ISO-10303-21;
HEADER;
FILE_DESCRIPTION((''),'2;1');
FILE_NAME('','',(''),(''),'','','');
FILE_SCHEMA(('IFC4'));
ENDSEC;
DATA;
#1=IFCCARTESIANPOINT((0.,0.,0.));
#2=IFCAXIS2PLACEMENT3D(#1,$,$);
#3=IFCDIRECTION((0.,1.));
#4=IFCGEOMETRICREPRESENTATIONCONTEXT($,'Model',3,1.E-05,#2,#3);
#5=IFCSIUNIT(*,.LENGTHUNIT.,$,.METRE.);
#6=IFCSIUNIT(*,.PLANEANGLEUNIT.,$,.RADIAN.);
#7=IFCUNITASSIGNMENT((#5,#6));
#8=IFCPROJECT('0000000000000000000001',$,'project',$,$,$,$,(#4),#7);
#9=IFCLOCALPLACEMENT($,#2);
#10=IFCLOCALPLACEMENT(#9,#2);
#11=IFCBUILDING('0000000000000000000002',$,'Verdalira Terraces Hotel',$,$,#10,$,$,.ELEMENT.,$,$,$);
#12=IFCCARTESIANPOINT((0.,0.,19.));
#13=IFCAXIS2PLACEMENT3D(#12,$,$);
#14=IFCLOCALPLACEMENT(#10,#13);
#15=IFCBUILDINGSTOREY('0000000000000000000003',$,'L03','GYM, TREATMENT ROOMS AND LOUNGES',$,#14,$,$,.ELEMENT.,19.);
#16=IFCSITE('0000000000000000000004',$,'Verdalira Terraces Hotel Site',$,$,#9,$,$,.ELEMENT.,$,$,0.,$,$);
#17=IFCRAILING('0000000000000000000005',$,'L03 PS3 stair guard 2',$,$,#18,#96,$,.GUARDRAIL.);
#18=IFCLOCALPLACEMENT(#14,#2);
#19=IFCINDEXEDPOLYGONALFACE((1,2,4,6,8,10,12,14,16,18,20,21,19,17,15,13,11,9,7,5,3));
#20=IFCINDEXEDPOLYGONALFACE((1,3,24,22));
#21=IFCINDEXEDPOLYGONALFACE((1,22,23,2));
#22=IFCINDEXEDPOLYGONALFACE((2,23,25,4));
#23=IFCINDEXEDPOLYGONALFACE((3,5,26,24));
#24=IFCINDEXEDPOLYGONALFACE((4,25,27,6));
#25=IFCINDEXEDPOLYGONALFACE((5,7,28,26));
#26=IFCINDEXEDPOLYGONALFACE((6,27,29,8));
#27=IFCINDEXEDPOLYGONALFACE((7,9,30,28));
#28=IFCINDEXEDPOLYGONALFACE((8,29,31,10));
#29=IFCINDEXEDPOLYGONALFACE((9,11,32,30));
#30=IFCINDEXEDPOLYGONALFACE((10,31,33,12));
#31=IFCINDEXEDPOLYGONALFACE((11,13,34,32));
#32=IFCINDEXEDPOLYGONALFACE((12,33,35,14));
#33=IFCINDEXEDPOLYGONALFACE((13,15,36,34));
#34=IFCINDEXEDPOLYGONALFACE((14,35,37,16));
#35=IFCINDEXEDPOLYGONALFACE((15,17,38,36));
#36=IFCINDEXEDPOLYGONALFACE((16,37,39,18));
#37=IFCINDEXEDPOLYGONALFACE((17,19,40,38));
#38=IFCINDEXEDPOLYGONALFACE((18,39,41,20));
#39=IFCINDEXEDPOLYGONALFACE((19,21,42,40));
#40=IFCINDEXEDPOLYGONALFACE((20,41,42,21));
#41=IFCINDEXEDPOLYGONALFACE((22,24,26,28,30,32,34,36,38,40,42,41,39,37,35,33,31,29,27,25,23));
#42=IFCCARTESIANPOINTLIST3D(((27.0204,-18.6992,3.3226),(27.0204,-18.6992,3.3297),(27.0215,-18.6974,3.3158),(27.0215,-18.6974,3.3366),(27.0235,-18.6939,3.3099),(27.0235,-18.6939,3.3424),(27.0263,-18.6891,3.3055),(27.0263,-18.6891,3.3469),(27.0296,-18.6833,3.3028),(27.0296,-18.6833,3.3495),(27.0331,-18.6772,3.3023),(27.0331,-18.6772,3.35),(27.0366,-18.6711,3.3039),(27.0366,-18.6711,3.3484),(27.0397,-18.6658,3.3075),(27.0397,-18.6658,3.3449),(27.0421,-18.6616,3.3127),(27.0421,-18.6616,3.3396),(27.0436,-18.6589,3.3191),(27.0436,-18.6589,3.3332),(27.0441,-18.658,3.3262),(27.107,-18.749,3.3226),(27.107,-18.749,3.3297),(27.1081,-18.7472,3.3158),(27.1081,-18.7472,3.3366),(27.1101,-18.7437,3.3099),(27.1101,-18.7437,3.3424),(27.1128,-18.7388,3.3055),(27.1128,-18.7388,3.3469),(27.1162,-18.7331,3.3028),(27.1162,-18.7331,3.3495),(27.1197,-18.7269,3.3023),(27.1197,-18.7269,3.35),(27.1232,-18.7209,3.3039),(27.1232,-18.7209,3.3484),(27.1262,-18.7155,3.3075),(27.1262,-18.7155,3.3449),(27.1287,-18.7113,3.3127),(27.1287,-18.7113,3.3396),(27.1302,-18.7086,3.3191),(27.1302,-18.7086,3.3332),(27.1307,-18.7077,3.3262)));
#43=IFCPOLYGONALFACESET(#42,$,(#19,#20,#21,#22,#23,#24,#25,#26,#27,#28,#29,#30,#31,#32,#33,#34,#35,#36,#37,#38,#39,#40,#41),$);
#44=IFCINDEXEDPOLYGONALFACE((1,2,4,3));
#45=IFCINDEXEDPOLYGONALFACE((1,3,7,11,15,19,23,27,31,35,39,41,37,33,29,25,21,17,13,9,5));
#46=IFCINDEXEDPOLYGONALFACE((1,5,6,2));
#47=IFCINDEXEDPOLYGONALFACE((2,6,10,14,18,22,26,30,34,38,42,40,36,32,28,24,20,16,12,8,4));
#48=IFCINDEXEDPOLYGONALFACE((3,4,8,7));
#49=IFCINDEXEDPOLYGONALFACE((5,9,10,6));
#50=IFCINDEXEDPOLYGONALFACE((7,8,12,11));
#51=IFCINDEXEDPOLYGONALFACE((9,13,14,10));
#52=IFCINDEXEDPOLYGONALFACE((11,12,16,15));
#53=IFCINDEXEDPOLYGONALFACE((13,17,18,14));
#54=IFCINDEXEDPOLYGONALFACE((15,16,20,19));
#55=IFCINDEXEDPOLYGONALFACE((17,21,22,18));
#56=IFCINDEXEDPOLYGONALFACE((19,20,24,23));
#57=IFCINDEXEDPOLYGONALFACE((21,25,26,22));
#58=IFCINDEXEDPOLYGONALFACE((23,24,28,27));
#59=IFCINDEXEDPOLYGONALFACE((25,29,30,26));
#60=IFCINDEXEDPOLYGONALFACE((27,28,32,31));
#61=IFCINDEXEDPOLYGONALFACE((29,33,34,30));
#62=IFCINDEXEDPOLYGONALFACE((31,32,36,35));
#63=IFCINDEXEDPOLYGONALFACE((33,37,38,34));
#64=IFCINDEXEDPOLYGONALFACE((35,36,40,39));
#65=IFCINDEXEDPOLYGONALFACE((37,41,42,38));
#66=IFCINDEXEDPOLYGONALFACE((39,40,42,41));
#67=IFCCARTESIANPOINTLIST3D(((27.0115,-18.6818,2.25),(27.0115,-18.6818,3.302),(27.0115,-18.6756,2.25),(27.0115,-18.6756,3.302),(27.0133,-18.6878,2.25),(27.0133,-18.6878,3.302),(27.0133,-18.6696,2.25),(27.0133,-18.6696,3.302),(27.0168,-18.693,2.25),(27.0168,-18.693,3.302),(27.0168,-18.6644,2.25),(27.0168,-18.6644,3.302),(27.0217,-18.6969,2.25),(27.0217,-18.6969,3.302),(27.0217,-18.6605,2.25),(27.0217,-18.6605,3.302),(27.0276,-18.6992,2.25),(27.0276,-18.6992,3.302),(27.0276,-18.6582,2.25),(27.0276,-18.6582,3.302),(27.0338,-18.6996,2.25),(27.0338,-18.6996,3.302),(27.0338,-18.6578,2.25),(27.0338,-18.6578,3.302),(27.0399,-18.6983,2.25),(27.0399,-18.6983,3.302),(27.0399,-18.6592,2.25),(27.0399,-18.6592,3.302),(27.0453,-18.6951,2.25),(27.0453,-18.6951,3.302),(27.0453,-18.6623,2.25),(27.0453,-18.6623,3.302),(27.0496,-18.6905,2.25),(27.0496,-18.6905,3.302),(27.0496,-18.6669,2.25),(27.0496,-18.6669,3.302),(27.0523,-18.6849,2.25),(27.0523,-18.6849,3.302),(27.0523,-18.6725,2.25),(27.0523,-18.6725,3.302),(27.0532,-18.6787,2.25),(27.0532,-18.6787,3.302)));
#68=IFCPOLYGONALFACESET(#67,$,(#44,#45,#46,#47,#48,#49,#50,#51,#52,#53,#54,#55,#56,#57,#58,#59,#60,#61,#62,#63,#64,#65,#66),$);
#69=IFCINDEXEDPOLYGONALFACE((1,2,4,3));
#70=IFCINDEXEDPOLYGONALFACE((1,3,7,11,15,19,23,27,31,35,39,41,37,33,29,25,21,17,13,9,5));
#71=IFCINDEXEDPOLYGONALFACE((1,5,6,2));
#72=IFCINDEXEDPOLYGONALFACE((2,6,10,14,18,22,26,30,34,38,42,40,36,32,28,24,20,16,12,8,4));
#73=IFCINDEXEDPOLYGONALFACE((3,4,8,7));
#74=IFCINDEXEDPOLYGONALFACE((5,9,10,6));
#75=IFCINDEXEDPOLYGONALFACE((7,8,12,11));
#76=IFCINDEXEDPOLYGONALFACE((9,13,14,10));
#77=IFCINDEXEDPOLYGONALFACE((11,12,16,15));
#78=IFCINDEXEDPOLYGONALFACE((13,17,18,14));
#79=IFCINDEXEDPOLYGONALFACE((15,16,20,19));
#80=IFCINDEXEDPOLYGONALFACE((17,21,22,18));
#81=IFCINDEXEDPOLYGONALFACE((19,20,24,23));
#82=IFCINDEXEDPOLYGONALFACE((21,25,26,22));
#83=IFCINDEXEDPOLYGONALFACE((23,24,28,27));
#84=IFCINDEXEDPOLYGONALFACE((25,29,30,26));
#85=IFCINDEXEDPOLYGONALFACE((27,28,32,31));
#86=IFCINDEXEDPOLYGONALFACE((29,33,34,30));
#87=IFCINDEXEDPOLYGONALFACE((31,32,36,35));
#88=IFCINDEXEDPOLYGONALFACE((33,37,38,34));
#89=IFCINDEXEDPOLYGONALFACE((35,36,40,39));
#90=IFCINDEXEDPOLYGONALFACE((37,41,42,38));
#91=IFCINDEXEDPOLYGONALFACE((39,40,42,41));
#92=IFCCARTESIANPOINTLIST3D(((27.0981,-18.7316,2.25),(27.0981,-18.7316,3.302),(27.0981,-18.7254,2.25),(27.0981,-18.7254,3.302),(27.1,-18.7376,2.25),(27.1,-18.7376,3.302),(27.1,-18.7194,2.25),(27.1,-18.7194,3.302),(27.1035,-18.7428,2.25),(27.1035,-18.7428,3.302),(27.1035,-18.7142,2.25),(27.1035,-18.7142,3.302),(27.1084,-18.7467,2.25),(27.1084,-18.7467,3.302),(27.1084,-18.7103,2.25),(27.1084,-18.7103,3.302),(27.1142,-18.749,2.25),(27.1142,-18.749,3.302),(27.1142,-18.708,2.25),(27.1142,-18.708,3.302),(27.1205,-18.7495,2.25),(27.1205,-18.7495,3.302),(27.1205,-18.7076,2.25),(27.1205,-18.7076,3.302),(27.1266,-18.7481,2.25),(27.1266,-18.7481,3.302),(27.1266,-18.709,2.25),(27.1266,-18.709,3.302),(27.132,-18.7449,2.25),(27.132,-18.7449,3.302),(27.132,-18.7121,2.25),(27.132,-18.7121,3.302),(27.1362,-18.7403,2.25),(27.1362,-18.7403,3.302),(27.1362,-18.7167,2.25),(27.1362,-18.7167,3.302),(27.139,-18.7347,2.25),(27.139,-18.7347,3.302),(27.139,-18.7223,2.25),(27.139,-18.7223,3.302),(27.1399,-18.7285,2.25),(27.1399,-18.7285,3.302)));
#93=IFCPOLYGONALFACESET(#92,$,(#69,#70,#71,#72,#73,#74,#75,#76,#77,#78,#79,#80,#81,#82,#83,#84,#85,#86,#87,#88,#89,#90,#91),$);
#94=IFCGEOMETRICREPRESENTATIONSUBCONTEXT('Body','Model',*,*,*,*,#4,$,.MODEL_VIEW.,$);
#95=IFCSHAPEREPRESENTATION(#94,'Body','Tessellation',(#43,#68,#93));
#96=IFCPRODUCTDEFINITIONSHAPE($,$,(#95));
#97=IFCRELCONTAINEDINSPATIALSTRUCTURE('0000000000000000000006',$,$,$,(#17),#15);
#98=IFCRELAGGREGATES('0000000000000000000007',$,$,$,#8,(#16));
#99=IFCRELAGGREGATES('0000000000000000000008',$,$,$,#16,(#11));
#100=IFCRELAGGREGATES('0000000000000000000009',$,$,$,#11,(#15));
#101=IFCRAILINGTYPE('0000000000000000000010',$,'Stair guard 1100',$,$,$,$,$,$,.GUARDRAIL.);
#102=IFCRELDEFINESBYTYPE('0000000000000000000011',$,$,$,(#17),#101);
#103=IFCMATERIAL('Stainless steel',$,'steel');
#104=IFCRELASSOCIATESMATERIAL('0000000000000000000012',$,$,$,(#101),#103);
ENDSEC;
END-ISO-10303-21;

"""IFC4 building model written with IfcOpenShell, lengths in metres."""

from ifc_helpers import new_model, si_unit, direction, frame, origin, origin_2d, place, context, subcontext, project, spatial, circle, extrude, material, type_object, element, save


model = new_model("IFC4")

# Units and contexts
model_context = context("Model", 3, precision=1e-05, world=origin(), true_north=direction((0.0, 1.0)))
body_context = subcontext(model_context, "Body", "Model", "MODEL_VIEW")
ifc_project = project(units=[si_unit("LENGTHUNIT", "METRE"), si_unit("PLANEANGLEUNIT", "RADIAN")], contexts=[model_context])

# Site, building, storey
site_placement = place(None, origin())
site = spatial("IfcSite", under=ifc_project, at=site_placement, Name="Verdalira Terraces Hotel Site", CompositionType="ELEMENT", RefElevation=0.0)
building_placement = place(site_placement, origin())
building = spatial("IfcBuilding", under=site, at=building_placement, Name="Verdalira Terraces Hotel", CompositionType="ELEMENT")
storey_placement = place(building_placement, frame((0.0, 0.0, 19.0)))
storey = spatial("IfcBuildingStorey", under=building, at=storey_placement, Name="L03", Description="GYM, TREATMENT ROOMS AND LOUNGES", CompositionType="ELEMENT", Elevation=19.0)

# Railing
ifc_material_1 = material(Name="Stainless steel", Category="steel")
railing_type_1 = type_object("IfcRailingType", Name="Stair guard 1100", PredefinedType="GUARDRAIL", material=ifc_material_1)
railing_1_placement = place(storey_placement, frame((27.0322, -18.6787, 2.25)))
element("IfcRailing", 1, at=railing_1_placement, inside=storey, type_object=railing_type_1, Name="L03 PS3 stair guard 2", PredefinedType="GUARDRAIL", context=body_context, shape_type="SweptSolid", body=[
    extrude(circle(Radius=0.0239, at=origin_2d()), frame((0.0, 0.0, 1.0762), z_axis=(0.867038, -0.498242, 0.0), x_axis=(0.498242, 0.867038, 0.0)), (0.0, 0.0, 1.0), 0.0999),
    extrude(circle(Radius=0.021, at=origin_2d()), origin(), (0.0, 0.0, 1.0), 1.052),
    extrude(circle(Radius=0.021, at=origin_2d()), frame((0.0867, -0.0498, 0.0)), (0.0, 0.0, 1.0), 1.052),
])

save(model, "model.ifc")
